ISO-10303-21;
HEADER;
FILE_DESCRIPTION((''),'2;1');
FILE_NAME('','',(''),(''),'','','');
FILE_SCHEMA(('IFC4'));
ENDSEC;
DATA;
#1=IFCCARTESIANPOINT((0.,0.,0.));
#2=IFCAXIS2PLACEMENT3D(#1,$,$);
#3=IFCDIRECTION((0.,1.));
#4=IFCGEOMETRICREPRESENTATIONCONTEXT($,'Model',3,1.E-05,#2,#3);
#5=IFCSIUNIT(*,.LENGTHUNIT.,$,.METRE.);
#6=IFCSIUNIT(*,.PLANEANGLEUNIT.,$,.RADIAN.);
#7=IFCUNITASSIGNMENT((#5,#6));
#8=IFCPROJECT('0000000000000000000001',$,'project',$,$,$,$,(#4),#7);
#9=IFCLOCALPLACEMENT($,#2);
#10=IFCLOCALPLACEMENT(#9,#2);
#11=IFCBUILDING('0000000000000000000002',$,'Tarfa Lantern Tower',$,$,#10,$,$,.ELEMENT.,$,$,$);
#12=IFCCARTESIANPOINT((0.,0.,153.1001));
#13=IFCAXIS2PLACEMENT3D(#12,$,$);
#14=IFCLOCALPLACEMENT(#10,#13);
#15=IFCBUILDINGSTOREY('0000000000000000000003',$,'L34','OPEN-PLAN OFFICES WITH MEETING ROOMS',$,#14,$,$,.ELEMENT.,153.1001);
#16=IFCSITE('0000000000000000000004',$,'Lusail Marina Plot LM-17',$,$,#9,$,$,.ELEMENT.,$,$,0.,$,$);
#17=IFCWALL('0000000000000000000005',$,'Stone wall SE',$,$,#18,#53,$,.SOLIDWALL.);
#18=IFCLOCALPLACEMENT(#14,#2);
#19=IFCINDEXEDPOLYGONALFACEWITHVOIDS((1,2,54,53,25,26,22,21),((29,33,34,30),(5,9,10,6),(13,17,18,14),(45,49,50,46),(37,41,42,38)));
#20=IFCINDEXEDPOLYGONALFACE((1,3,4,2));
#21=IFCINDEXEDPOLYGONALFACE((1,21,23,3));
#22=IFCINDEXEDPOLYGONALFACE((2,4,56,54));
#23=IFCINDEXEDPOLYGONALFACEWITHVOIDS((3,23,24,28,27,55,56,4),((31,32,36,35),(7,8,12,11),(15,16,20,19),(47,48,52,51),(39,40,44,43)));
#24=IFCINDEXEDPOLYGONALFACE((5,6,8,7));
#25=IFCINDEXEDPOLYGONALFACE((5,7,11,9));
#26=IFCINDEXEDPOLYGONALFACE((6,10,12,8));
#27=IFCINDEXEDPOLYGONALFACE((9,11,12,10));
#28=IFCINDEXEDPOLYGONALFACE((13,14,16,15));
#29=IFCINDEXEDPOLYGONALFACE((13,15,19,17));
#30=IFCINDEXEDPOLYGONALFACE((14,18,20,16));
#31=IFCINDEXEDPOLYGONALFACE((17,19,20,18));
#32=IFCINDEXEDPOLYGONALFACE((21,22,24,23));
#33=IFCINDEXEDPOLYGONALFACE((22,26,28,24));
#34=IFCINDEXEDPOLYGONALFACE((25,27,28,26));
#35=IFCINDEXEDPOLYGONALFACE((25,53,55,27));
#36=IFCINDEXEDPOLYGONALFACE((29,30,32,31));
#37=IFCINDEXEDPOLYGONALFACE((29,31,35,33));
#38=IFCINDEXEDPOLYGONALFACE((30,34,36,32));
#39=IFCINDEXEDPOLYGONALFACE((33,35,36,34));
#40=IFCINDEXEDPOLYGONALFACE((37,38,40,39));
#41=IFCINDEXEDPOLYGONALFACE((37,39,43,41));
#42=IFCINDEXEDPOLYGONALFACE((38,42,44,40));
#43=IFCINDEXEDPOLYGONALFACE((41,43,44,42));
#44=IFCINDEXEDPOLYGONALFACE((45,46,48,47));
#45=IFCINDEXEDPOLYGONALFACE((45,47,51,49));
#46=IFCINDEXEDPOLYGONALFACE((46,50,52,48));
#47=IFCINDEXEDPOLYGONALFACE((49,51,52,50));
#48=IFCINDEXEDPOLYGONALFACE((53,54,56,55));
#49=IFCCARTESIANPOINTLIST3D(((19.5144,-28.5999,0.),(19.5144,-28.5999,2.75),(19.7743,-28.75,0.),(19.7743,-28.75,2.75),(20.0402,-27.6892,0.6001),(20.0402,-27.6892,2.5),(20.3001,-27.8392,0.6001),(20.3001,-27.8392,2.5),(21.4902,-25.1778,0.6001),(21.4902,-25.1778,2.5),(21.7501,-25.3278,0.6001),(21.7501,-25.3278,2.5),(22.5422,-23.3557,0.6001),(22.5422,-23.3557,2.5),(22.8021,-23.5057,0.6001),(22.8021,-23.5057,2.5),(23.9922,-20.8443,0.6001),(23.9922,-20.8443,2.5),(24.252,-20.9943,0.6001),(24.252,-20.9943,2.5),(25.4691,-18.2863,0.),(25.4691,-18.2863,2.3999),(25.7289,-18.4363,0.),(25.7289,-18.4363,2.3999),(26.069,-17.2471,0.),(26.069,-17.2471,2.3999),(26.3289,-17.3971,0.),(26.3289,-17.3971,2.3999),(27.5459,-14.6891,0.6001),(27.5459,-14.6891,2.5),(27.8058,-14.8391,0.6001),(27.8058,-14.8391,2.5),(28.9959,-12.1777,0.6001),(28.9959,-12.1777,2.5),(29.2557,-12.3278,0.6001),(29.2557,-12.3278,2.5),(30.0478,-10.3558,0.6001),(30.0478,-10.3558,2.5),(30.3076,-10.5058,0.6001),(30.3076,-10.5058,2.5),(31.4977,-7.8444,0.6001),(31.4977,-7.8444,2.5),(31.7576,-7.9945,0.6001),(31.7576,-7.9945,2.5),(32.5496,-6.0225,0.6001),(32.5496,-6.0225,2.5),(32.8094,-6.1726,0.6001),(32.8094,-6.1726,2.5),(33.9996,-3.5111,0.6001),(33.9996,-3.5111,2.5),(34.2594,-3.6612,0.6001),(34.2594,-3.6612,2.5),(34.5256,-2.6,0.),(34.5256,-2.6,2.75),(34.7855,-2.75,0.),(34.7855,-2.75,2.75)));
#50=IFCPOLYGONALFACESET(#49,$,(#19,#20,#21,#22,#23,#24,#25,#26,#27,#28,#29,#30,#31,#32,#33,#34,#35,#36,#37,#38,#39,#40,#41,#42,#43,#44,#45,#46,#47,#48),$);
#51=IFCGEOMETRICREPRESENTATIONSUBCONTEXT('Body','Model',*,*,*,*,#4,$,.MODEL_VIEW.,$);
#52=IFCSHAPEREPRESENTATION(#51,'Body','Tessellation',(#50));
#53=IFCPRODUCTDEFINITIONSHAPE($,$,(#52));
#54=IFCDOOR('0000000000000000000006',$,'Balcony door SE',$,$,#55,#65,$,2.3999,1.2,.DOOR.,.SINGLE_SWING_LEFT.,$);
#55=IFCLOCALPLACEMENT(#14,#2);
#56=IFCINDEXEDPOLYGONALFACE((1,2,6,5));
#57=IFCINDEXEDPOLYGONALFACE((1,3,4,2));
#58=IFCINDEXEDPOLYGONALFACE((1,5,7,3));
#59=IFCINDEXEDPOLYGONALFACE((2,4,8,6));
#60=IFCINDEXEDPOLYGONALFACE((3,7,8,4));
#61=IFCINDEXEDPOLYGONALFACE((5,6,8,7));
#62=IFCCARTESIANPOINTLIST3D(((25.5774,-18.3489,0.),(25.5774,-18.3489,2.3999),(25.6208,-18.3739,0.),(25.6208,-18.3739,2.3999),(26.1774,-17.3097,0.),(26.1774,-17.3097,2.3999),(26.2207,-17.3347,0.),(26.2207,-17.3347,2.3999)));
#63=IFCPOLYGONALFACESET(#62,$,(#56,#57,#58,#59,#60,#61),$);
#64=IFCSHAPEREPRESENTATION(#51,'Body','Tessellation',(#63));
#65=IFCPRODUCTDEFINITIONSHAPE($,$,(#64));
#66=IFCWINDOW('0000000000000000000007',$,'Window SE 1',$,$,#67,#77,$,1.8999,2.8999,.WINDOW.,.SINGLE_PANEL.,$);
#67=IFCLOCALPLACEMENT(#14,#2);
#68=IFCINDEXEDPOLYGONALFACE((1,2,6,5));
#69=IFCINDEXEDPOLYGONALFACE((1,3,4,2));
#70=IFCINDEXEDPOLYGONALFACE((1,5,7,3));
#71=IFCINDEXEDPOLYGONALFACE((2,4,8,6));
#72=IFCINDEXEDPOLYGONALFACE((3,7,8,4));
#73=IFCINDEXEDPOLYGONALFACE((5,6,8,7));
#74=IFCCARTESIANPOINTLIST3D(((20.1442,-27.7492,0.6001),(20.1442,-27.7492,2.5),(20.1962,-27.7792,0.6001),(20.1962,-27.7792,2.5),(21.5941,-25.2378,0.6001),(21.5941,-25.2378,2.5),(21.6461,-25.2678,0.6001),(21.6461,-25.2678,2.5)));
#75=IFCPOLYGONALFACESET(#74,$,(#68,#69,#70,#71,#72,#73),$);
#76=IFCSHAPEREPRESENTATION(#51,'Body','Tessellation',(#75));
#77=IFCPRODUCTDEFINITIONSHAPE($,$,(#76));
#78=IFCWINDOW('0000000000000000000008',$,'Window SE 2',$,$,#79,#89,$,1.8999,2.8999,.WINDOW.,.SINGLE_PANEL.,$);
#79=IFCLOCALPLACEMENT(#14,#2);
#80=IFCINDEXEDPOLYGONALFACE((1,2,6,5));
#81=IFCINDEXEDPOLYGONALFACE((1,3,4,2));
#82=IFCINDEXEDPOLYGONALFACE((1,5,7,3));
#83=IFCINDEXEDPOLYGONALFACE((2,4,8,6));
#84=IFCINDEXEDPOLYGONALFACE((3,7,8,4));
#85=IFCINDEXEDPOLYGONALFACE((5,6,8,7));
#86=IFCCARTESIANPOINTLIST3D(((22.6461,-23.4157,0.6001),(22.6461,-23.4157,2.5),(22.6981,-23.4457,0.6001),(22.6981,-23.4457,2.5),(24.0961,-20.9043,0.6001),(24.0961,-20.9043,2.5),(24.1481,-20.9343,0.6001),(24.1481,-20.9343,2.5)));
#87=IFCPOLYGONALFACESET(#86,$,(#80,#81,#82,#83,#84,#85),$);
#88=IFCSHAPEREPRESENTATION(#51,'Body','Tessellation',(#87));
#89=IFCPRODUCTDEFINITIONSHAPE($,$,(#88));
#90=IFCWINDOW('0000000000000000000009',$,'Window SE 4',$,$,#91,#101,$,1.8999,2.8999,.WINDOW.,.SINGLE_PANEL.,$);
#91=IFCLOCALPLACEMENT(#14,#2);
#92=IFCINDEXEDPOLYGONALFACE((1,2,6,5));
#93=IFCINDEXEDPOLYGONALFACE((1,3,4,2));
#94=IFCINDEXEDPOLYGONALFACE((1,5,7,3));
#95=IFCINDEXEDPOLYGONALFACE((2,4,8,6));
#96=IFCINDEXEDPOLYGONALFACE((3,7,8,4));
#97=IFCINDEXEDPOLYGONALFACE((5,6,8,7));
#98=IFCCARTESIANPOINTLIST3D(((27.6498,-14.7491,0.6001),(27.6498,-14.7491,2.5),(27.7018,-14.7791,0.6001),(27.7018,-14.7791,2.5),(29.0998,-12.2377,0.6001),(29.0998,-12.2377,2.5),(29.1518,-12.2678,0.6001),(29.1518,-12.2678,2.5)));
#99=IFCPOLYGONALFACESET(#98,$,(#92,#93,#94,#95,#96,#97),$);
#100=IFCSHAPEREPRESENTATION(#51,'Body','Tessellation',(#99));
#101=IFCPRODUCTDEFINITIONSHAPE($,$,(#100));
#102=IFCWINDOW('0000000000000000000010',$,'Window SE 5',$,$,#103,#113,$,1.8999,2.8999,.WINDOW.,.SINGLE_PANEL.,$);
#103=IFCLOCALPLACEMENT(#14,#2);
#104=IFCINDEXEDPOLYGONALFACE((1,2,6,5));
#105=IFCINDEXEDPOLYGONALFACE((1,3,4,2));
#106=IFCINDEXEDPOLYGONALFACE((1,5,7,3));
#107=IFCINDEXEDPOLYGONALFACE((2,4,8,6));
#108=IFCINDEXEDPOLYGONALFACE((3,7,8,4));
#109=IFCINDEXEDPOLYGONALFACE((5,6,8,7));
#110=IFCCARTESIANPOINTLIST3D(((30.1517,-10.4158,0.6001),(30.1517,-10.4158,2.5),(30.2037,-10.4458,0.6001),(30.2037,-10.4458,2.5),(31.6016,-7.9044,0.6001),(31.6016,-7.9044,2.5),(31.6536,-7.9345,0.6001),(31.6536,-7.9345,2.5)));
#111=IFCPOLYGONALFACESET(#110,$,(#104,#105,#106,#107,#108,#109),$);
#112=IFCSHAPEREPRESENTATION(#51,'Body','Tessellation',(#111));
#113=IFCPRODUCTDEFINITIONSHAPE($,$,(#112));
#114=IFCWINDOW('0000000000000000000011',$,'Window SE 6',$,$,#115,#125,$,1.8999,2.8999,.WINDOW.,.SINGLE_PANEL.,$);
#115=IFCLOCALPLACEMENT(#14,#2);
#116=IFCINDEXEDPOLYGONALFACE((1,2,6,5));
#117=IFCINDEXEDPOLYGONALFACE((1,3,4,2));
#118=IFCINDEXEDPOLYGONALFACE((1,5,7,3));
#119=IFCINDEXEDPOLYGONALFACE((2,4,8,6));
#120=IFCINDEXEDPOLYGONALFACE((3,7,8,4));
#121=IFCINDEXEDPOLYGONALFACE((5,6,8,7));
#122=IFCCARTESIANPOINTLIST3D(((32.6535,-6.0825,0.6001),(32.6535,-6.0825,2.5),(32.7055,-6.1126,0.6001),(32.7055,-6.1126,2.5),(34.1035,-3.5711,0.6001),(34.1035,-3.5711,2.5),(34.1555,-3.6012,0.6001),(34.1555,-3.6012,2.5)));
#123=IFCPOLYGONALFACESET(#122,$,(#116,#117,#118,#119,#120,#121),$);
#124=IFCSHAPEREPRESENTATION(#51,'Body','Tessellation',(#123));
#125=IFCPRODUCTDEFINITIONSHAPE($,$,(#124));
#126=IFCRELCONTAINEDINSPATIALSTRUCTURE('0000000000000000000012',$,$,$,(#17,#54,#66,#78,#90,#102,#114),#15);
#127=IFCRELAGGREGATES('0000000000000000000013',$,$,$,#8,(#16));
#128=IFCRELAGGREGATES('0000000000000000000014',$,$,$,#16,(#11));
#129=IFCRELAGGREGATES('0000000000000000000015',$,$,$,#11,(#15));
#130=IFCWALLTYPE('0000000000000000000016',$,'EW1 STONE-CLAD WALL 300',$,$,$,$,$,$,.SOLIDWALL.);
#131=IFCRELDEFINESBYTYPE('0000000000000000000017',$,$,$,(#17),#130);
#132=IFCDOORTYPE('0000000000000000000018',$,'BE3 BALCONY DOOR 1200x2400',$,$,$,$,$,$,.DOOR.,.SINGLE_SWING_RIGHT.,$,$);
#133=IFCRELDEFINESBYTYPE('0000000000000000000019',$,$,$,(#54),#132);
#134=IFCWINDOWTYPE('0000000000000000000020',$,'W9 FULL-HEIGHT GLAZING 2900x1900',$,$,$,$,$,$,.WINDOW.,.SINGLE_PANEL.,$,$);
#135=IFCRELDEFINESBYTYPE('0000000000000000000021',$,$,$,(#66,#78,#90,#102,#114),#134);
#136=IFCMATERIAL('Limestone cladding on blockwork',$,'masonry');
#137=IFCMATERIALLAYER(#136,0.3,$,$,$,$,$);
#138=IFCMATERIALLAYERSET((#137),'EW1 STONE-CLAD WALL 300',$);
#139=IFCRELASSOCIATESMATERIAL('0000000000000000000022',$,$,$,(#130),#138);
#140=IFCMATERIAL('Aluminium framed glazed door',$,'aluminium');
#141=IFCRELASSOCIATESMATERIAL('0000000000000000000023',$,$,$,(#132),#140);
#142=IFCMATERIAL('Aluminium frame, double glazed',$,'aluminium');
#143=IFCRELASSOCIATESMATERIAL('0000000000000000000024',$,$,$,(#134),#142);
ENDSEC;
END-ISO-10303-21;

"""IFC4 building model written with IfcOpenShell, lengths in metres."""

from ifc_helpers import new_model, si_unit, direction, frame, frame_2d, origin, place, context, subcontext, project, spatial, rectangle, extrude, material, layer, layer_set, type_object, element, fill, save


model = new_model("IFC4")

# Units and contexts
model_context = context("Model", 3, precision=1e-05, world=origin(), true_north=direction((0.0, 1.0)))
body_context = subcontext(model_context, "Body", "Model", "MODEL_VIEW")
ifc_project = project(units=[si_unit("LENGTHUNIT", "METRE"), si_unit("PLANEANGLEUNIT", "RADIAN")], contexts=[model_context])

# Site, building, storey
site_placement = place(None, origin())
site = spatial("IfcSite", under=ifc_project, at=site_placement, Name="Lusail Marina Plot LM-17", CompositionType="ELEMENT", RefElevation=0.0)
building_placement = place(site_placement, origin())
building = spatial("IfcBuilding", under=site, at=building_placement, Name="Tarfa Lantern Tower", CompositionType="ELEMENT")
storey_placement = place(building_placement, frame((0.0, 0.0, 153.1001)))
storey = spatial("IfcBuildingStorey", under=building, at=storey_placement, Name="L34", Description="OPEN-PLAN OFFICES WITH MEETING ROOMS", CompositionType="ELEMENT", Elevation=153.1001)

# Wall, openings, door, windows
ifc_material_1 = material(Name="Limestone cladding on blockwork", Category="masonry")
ifc_layer = layer(ifc_material_1, 0.3)
ifc_layer_set = layer_set([ifc_layer], Name="EW1 STONE-CLAD WALL 300")
wall_type = type_object("IfcWallType", Name="EW1 STONE-CLAD WALL 300", PredefinedType="SOLIDWALL", material=ifc_layer_set)
wall_placement = place(storey_placement, frame((19.6443, -28.675, 0.0), z_axis=(0.0, 0.0, 1.0), x_axis=(0.500003, 0.866024, 0.0)))
wall = element("IfcWall", 1, at=wall_placement, inside=storey, type_object=wall_type, Name="Stone wall SE", PredefinedType="SOLIDWALL", context=body_context, shape_type="SweptSolid", body=[
    extrude(rectangle(XDim=30.0222, YDim=0.3, at=frame_2d((15.0112, 0.0))), origin(), (0.0, 0.0, 1.0), 2.75),
])
opening_1_placement = place(wall_placement, frame((1.0518, 0.0, 0.6001)))
opening_1 = element("IfcOpeningElement", 2, at=opening_1_placement, cuts=wall, PredefinedType="OPENING", context=body_context, shape_type="SweptSolid", body=[
    extrude(rectangle(XDim=2.8999, YDim=1.8999, at=frame_2d((1.45, 0.95))), frame((0.0, 0.1599, 0.0), z_axis=(0.0, -1.0, 0.0), x_axis=(1.0, 0.0, 0.0)), (0.0, 0.0, 1.0), 0.3201),
])
opening_2_placement = place(wall_placement, frame((6.0557, 0.0, 0.6001)))
opening_2 = element("IfcOpeningElement", 3, at=opening_2_placement, cuts=wall, PredefinedType="OPENING", context=body_context, shape_type="SweptSolid", body=[
    extrude(rectangle(XDim=2.8999, YDim=1.8999, at=frame_2d((1.45, 0.95))), frame((0.0, 0.1599, 0.0), z_axis=(0.0, -1.0, 0.0), x_axis=(1.0, 0.0, 0.0)), (0.0, 0.0, 1.0), 0.3201),
])
opening_3_placement = place(wall_placement, frame((11.9092, 0.0, 0.0)))
opening_3 = element("IfcOpeningElement", 4, at=opening_3_placement, cuts=wall, PredefinedType="OPENING", context=body_context, shape_type="SweptSolid", body=[
    extrude(rectangle(XDim=1.2, YDim=2.3999, at=frame_2d((0.6001, 1.2))), frame((0.0, 0.1599, 0.0), z_axis=(0.0, -1.0, 0.0), x_axis=(1.0, 0.0, 0.0)), (0.0, 0.0, 1.0), 0.3201),
])
opening_4_placement = place(wall_placement, frame((16.063, 0.0, 0.6001)))
opening_4 = element("IfcOpeningElement", 5, at=opening_4_placement, cuts=wall, PredefinedType="OPENING", context=body_context, shape_type="SweptSolid", body=[
    extrude(rectangle(XDim=2.8999, YDim=1.8999, at=frame_2d((1.45, 0.95))), frame((0.0, 0.1599, 0.0), z_axis=(0.0, -1.0, 0.0), x_axis=(1.0, 0.0, 0.0)), (0.0, 0.0, 1.0), 0.3201),
])
opening_5_placement = place(wall_placement, frame((21.0667, 0.0, 0.6001)))
opening_5 = element("IfcOpeningElement", 6, at=opening_5_placement, cuts=wall, PredefinedType="OPENING", context=body_context, shape_type="SweptSolid", body=[
    extrude(rectangle(XDim=2.8999, YDim=1.8999, at=frame_2d((1.45, 0.95))), frame((0.0, 0.1599, 0.0), z_axis=(0.0, -1.0, 0.0), x_axis=(1.0, 0.0, 0.0)), (0.0, 0.0, 1.0), 0.3201),
])
opening_6_placement = place(wall_placement, frame((26.0703, 0.0, 0.6001)))
opening_6 = element("IfcOpeningElement", 7, at=opening_6_placement, cuts=wall, PredefinedType="OPENING", context=body_context, shape_type="SweptSolid", body=[
    extrude(rectangle(XDim=2.8999, YDim=1.8999, at=frame_2d((1.45, 0.95))), frame((0.0, 0.1599, 0.0), z_axis=(0.0, -1.0, 0.0), x_axis=(1.0, 0.0, 0.0)), (0.0, 0.0, 1.0), 0.3201),
])
ifc_material_2 = material(Name="Aluminium framed glazed door", Category="aluminium")
door_type = type_object("IfcDoorType", Name="BE3 BALCONY DOOR 1200x2400", OperationType="SINGLE_SWING_RIGHT", PredefinedType="DOOR", material=ifc_material_2)
door_placement = place(opening_3_placement, origin())
door = element("IfcDoor", 8, at=door_placement, inside=storey, type_object=door_type, Name="Balcony door SE", OperationType="SINGLE_SWING_LEFT", OverallHeight=2.3999, OverallWidth=1.2, PredefinedType="DOOR", context=body_context, shape_type="SweptSolid", body=[
    extrude(rectangle(XDim=1.2, YDim=2.3999, at=frame_2d((0.6001, 1.2))), frame((0.0, 0.0249, 0.0), z_axis=(0.0, -1.0, 0.0), x_axis=(1.0, 0.0, 0.0)), (0.0, 0.0, 1.0), 0.05),
])
fill(opening_3, door)
ifc_material_3 = material(Name="Aluminium frame, double glazed", Category="aluminium")
window_type = type_object("IfcWindowType", Name="W9 FULL-HEIGHT GLAZING 2900x1900", PartitioningType="SINGLE_PANEL", PredefinedType="WINDOW", material=ifc_material_3)
window_1_placement = place(opening_1_placement, origin())
window_1 = element("IfcWindow", 9, at=window_1_placement, inside=storey, type_object=window_type, Name="Window SE 1", OverallHeight=1.8999, OverallWidth=2.8999, PartitioningType="SINGLE_PANEL", PredefinedType="WINDOW", context=body_context, shape_type="SweptSolid", body=[
    extrude(rectangle(XDim=2.8999, YDim=1.8999, at=frame_2d((1.45, 0.95))), frame((0.0, 0.03, 0.0), z_axis=(0.0, -1.0, 0.0), x_axis=(1.0, 0.0, 0.0)), (0.0, 0.0, 1.0), 0.0601),
])
fill(opening_1, window_1)
window_2_placement = place(opening_2_placement, origin())
window_2 = element("IfcWindow", 10, at=window_2_placement, inside=storey, type_object=window_type, Name="Window SE 2", OverallHeight=1.8999, OverallWidth=2.8999, PartitioningType="SINGLE_PANEL", PredefinedType="WINDOW", context=body_context, shape_type="SweptSolid", body=[
    extrude(rectangle(XDim=2.8999, YDim=1.8999, at=frame_2d((1.45, 0.95))), frame((0.0, 0.03, 0.0), z_axis=(0.0, -1.0, 0.0), x_axis=(1.0, 0.0, 0.0)), (0.0, 0.0, 1.0), 0.0601),
])
fill(opening_2, window_2)
window_3_placement = place(opening_4_placement, origin())
window_3 = element("IfcWindow", 11, at=window_3_placement, inside=storey, type_object=window_type, Name="Window SE 4", OverallHeight=1.8999, OverallWidth=2.8999, PartitioningType="SINGLE_PANEL", PredefinedType="WINDOW", context=body_context, shape_type="SweptSolid", body=[
    extrude(rectangle(XDim=2.8999, YDim=1.8999, at=frame_2d((1.45, 0.95))), frame((0.0, 0.03, 0.0), z_axis=(0.0, -1.0, 0.0), x_axis=(1.0, 0.0, 0.0)), (0.0, 0.0, 1.0), 0.0601),
])
fill(opening_4, window_3)
window_4_placement = place(opening_5_placement, origin())
window_4 = element("IfcWindow", 12, at=window_4_placement, inside=storey, type_object=window_type, Name="Window SE 5", OverallHeight=1.8999, OverallWidth=2.8999, PartitioningType="SINGLE_PANEL", PredefinedType="WINDOW", context=body_context, shape_type="SweptSolid", body=[
    extrude(rectangle(XDim=2.8999, YDim=1.8999, at=frame_2d((1.45, 0.95))), frame((0.0, 0.03, 0.0), z_axis=(0.0, -1.0, 0.0), x_axis=(1.0, 0.0, 0.0)), (0.0, 0.0, 1.0), 0.0601),
])
fill(opening_5, window_4)
window_5_placement = place(opening_6_placement, origin())
window_5 = element("IfcWindow", 13, at=window_5_placement, inside=storey, type_object=window_type, Name="Window SE 6", OverallHeight=1.8999, OverallWidth=2.8999, PartitioningType="SINGLE_PANEL", PredefinedType="WINDOW", context=body_context, shape_type="SweptSolid", body=[
    extrude(rectangle(XDim=2.8999, YDim=1.8999, at=frame_2d((1.45, 0.95))), frame((0.0, 0.03, 0.0), z_axis=(0.0, -1.0, 0.0), x_axis=(1.0, 0.0, 0.0)), (0.0, 0.0, 1.0), 0.0601),
])
fill(opening_6, window_5)

save(model, "model.ifc")
